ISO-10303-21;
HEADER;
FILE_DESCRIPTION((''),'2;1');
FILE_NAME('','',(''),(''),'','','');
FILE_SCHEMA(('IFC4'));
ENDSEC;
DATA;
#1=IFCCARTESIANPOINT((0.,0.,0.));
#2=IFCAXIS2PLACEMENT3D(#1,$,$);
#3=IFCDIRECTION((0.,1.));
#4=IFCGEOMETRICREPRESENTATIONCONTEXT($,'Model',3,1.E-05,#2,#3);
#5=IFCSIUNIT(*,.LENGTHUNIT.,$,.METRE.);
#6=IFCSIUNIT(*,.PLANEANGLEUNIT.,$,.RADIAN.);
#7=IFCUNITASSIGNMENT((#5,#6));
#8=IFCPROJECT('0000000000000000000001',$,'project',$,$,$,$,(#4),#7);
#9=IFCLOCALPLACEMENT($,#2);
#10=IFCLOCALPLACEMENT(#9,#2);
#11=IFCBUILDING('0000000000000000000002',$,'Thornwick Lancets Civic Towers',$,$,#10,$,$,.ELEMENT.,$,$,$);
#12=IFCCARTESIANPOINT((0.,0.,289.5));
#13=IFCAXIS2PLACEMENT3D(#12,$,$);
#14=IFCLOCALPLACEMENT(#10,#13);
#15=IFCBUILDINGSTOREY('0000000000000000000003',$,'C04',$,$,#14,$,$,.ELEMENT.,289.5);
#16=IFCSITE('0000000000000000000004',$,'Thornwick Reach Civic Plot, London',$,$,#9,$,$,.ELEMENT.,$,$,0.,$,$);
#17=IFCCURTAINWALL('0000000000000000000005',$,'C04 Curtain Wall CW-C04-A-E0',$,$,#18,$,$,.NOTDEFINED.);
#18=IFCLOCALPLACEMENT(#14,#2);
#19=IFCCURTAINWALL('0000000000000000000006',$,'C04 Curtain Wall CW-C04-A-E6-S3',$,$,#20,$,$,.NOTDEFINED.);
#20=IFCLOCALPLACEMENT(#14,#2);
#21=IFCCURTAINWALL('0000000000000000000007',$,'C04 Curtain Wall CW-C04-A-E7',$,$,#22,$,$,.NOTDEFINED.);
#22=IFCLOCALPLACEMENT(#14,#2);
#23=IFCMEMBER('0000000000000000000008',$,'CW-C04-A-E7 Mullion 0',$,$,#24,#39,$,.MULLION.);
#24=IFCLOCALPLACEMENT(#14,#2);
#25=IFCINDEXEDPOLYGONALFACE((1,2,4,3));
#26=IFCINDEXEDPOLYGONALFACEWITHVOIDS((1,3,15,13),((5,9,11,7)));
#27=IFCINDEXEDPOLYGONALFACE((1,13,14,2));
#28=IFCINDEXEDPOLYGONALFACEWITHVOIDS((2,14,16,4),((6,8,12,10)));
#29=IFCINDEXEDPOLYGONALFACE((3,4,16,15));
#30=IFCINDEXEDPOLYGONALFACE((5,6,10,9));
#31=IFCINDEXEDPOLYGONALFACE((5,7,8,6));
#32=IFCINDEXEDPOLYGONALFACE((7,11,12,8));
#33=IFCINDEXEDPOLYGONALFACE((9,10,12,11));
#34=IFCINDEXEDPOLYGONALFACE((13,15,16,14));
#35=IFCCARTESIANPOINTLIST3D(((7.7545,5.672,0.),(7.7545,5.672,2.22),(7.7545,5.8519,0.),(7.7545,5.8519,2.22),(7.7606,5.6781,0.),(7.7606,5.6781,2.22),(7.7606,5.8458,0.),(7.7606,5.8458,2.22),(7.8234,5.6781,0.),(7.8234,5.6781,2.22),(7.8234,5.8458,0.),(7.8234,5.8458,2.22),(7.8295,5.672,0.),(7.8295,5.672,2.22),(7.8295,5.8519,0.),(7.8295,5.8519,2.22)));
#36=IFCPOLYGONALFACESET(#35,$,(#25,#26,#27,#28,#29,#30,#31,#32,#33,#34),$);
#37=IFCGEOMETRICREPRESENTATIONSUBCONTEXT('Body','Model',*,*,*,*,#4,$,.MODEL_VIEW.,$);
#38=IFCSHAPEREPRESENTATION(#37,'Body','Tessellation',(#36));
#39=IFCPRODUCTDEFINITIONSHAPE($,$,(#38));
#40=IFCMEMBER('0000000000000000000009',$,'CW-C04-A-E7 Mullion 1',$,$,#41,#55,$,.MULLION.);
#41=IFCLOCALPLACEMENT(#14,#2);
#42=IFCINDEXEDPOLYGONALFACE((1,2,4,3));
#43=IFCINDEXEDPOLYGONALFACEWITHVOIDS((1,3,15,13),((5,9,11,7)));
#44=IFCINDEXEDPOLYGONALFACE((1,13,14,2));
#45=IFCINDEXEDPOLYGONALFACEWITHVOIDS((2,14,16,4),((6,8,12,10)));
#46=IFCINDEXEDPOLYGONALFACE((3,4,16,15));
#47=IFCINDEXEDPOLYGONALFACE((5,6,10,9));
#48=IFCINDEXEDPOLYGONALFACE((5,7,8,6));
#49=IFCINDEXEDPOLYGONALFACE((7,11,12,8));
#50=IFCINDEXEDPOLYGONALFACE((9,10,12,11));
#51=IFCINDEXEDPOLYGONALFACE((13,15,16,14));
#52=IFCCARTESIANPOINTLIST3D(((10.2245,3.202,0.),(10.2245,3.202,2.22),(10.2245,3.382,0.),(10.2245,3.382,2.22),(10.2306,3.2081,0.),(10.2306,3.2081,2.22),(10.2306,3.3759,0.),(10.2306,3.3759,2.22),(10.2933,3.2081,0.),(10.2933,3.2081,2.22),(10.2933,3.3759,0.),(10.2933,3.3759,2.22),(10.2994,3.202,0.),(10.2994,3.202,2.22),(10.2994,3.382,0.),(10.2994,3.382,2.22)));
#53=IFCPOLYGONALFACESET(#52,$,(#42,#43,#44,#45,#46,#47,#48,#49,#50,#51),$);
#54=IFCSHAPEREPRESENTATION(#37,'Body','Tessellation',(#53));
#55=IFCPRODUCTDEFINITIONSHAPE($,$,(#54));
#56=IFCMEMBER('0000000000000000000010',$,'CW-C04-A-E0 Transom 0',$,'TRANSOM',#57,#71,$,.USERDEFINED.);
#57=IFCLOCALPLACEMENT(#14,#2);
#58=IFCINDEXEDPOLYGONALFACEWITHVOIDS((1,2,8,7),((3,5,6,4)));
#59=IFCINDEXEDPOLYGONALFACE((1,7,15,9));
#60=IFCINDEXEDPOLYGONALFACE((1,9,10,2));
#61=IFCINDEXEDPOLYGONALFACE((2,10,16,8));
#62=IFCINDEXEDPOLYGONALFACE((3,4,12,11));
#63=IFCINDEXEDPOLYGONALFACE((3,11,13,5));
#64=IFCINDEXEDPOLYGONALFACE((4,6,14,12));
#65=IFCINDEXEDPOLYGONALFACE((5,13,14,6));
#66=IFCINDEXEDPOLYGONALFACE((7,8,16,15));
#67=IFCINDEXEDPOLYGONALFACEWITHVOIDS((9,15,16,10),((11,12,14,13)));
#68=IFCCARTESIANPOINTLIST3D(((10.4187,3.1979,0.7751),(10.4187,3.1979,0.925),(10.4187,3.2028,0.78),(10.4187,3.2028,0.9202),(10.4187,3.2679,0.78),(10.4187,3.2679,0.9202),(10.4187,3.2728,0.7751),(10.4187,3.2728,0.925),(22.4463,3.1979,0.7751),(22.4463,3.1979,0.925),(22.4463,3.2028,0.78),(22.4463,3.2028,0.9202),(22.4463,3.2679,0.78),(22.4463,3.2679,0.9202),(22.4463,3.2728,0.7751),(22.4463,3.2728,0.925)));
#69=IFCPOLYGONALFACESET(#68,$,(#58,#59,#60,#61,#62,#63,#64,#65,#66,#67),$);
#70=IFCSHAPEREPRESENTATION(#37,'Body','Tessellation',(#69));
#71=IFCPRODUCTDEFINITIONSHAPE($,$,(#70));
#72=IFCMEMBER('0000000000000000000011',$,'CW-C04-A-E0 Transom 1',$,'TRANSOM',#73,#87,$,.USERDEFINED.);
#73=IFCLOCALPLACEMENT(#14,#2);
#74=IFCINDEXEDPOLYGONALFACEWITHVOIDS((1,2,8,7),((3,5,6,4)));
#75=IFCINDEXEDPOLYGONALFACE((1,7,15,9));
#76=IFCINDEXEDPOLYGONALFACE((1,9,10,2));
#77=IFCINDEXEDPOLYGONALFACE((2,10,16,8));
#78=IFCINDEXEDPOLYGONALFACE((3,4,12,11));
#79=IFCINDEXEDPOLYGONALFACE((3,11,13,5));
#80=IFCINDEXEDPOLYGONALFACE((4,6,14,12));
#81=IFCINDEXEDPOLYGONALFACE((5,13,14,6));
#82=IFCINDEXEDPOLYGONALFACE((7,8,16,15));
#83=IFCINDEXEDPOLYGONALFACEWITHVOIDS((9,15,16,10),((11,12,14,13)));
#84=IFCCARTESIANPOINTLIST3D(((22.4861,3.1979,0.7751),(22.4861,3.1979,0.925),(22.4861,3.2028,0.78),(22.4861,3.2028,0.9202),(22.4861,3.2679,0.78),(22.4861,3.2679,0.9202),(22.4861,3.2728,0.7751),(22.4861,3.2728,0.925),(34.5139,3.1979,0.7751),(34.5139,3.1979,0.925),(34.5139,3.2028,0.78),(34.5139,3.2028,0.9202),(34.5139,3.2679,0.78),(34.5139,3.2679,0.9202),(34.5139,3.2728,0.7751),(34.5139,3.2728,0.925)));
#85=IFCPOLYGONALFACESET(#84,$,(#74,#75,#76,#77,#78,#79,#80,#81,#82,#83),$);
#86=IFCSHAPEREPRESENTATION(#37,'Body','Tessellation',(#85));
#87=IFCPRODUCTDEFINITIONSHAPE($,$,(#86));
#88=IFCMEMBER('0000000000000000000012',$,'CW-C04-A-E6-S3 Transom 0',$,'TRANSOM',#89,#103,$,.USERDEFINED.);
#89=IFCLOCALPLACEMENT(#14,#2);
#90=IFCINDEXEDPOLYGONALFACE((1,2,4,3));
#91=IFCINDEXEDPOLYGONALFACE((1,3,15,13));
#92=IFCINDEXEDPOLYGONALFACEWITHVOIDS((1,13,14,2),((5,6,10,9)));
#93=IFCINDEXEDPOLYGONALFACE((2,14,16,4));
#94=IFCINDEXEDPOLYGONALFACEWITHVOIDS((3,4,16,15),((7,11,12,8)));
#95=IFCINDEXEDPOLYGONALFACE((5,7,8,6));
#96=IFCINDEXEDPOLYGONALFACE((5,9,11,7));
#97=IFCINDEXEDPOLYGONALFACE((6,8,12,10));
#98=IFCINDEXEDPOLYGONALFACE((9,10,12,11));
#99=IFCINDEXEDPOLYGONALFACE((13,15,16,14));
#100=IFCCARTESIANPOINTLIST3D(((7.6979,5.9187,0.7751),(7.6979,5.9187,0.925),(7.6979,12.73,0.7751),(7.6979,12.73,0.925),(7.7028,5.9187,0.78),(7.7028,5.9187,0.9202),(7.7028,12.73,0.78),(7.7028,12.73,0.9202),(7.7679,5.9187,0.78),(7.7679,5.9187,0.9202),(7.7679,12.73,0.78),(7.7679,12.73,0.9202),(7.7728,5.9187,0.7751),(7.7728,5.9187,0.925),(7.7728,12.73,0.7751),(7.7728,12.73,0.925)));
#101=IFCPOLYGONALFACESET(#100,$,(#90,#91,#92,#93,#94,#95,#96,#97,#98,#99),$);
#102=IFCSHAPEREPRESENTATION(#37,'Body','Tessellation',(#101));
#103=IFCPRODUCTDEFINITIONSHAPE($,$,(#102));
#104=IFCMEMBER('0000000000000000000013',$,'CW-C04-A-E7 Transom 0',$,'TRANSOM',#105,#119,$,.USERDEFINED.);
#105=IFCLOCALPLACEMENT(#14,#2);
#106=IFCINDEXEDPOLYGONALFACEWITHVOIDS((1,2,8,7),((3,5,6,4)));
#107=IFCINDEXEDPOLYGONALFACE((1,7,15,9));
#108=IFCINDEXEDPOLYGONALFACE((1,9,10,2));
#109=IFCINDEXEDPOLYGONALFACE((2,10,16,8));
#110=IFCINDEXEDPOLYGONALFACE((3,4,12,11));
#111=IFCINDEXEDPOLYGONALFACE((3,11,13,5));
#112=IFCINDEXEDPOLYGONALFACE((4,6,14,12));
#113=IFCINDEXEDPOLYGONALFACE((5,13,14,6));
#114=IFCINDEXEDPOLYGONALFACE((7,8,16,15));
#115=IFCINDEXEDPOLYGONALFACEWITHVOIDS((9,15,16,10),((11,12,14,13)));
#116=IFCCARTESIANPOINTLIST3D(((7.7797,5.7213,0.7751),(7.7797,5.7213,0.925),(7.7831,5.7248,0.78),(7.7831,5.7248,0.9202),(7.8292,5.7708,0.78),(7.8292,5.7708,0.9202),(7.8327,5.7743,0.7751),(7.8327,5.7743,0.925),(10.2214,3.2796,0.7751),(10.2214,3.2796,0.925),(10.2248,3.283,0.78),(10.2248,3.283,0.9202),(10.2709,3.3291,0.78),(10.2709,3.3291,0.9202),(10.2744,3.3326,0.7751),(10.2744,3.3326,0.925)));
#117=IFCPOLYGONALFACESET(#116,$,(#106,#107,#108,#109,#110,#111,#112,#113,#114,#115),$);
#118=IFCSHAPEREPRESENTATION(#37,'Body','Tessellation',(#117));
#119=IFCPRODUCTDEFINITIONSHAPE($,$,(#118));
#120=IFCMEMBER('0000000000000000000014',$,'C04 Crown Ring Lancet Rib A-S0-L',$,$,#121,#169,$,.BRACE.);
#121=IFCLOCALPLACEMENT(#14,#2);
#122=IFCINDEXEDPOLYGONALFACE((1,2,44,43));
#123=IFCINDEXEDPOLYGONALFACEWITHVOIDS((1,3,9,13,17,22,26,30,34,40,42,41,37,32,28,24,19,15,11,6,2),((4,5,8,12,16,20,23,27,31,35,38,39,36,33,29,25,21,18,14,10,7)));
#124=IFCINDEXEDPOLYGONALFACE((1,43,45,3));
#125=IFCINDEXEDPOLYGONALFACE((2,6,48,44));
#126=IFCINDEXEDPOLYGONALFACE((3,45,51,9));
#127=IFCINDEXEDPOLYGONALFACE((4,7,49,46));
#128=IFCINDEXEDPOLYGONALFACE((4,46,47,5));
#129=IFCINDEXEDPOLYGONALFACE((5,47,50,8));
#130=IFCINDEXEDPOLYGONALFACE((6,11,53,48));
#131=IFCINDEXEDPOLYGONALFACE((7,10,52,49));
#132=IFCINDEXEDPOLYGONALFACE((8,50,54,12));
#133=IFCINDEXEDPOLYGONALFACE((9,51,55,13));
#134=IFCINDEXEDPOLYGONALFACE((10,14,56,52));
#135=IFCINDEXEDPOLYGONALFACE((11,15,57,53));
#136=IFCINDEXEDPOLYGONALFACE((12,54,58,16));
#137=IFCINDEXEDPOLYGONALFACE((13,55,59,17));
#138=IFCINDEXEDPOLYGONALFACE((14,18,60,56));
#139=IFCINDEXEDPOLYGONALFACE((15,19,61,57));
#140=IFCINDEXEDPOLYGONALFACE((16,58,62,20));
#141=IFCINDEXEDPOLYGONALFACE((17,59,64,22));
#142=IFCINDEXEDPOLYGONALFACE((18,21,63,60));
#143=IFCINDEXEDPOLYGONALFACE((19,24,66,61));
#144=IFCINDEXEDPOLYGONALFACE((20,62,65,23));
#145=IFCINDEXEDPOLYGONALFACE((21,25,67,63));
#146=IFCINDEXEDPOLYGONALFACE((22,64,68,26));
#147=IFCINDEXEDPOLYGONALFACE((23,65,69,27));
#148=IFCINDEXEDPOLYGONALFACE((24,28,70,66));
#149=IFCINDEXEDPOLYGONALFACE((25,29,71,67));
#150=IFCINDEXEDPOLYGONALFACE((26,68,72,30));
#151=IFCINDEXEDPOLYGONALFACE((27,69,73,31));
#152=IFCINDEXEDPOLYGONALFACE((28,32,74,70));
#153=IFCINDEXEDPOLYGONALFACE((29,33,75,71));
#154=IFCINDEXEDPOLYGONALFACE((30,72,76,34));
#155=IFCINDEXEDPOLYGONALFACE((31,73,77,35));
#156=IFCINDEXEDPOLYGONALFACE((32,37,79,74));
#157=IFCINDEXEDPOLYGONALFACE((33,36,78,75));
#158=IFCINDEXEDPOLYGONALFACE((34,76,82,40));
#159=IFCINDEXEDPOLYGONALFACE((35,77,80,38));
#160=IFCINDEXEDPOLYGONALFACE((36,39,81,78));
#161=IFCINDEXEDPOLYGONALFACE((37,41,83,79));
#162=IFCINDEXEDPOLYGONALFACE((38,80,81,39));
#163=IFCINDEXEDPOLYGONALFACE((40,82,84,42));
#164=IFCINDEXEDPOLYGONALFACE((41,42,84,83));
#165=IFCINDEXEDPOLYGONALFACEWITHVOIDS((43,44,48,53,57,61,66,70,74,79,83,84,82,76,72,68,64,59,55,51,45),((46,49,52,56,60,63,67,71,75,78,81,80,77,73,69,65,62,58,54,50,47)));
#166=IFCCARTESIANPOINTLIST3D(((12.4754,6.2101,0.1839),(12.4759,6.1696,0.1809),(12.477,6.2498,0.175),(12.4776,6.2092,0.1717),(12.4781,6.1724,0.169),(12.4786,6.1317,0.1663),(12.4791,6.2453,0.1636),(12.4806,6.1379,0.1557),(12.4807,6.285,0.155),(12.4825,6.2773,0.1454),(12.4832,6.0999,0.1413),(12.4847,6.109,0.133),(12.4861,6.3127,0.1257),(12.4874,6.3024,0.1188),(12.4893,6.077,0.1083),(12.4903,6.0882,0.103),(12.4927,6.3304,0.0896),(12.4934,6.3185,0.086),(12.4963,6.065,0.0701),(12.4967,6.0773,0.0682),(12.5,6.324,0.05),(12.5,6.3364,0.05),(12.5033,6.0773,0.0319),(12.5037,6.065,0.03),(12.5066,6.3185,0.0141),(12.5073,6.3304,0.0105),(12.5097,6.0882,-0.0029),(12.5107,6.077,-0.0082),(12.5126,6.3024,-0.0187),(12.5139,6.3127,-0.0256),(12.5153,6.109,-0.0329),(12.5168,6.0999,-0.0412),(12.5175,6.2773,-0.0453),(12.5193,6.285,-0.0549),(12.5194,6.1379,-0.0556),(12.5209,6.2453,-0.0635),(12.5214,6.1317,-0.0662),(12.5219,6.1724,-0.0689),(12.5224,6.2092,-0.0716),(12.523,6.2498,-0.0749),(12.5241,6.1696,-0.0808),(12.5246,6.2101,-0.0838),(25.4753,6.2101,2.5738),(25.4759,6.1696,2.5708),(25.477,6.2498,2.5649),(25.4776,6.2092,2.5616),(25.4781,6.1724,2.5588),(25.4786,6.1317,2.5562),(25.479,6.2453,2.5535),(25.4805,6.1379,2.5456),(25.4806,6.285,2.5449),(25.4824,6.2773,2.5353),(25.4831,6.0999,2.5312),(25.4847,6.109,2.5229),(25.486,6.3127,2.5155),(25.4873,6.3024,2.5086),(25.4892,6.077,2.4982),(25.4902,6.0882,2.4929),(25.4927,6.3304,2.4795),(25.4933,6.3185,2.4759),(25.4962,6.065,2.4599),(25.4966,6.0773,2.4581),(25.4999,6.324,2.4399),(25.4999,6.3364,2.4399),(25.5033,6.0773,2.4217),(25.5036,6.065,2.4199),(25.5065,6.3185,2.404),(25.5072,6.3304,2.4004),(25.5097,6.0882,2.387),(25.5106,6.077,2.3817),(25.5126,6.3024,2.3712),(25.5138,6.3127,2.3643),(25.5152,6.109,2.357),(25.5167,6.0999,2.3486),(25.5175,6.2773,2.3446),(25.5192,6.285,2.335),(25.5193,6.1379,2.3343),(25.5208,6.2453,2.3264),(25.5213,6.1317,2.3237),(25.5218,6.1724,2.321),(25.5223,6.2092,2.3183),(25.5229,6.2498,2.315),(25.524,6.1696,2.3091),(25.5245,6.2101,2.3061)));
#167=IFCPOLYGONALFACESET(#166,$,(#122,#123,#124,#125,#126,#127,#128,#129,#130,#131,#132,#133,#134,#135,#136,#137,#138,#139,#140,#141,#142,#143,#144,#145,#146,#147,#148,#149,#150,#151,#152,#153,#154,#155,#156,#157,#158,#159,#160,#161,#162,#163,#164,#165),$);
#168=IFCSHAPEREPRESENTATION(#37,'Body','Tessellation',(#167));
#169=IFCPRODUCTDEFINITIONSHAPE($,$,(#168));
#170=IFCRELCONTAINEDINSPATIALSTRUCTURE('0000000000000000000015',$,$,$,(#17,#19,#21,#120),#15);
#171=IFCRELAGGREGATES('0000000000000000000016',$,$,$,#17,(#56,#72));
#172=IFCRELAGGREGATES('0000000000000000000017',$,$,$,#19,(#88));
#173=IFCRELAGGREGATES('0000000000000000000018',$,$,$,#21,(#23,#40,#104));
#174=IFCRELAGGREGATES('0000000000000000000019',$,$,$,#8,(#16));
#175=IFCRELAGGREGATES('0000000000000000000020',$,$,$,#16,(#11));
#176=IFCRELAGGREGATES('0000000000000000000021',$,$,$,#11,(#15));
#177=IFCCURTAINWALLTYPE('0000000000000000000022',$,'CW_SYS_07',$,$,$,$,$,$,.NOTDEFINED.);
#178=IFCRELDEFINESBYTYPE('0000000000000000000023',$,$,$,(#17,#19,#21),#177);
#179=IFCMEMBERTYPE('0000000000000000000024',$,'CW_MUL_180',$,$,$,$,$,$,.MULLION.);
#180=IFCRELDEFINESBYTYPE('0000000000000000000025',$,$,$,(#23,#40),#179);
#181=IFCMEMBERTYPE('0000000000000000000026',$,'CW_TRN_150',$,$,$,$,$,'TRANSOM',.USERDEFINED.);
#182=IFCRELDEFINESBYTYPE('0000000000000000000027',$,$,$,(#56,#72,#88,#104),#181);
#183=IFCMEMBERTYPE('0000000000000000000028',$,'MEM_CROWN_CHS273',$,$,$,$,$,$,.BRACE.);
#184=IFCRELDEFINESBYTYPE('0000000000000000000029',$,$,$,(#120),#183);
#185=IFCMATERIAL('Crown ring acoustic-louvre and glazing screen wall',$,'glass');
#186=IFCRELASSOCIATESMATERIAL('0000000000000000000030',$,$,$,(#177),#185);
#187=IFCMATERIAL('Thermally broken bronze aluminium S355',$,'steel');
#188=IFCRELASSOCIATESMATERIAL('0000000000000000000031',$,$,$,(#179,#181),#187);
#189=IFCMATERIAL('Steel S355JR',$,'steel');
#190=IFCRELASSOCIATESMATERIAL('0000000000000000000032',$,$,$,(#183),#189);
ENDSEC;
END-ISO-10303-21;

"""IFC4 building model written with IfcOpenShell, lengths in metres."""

from ifc_helpers import new_model, si_unit, direction, frame, origin, origin_2d, place, context, subcontext, project, spatial, hollow_rectangle, hollow_circle, extrude, material, material_profile, profile_set, type_object, element, aggregate, save


model = new_model("IFC4")

# Units and contexts
model_context = context("Model", 3, precision=1e-05, world=origin(), true_north=direction((0.0, 1.0)))
body_context = subcontext(model_context, "Body", "Model", "MODEL_VIEW")
ifc_project = project(units=[si_unit("LENGTHUNIT", "METRE"), si_unit("PLANEANGLEUNIT", "RADIAN")], contexts=[model_context])

# Site, building, storey
site_placement = place(None, origin())
site = spatial("IfcSite", under=ifc_project, at=site_placement, Name="Thornwick Reach Civic Plot, London", CompositionType="ELEMENT", RefElevation=0.0)
building_placement = place(site_placement, origin())
building = spatial("IfcBuilding", under=site, at=building_placement, Name="Thornwick Lancets Civic Towers", CompositionType="ELEMENT")
storey_placement = place(building_placement, frame((0.0, 0.0, 289.5)))
storey = spatial("IfcBuildingStorey", under=building, at=storey_placement, Name="C04", CompositionType="ELEMENT", Elevation=289.5)

# Shared definitions
ifc_material_1 = material(Name="Steel S355JR", Category="steel")

# Curtain wall
ifc_material_2 = material(Name="Crown ring acoustic-louvre and glazing screen wall", Category="glass")
curtain_wall_type = type_object("IfcCurtainWallType", Name="CW_SYS_07", PredefinedType="NOTDEFINED", material=ifc_material_2)
curtain_wall_1_placement = place(storey_placement, origin())
curtain_wall_1 = element("IfcCurtainWall", 1, at=curtain_wall_1_placement, inside=storey, type_object=curtain_wall_type, Name="C04 Curtain Wall CW-C04-A-E0", PredefinedType="NOTDEFINED")
ifc_material_3 = material(Name="Thermally broken bronze aluminium S355", Category="steel")
ifc_material_profile_1 = material_profile(ifc_material_3, hollow_rectangle(XDim=0.075, YDim=0.1799, WallThickness=0.0061, at=origin_2d()), Name="RHS 180x75x6")
ifc_profile_set_1 = profile_set([ifc_material_profile_1], Name="Thermally broken bronze aluminium S355")
member_type_1 = type_object("IfcMemberType", Name="CW_MUL_180", PredefinedType="MULLION", material=ifc_profile_set_1)

# Curtain walls, members
curtain_wall_2_placement = place(storey_placement, origin())
curtain_wall_2 = element("IfcCurtainWall", 2, at=curtain_wall_2_placement, inside=storey, type_object=curtain_wall_type, Name="C04 Curtain Wall CW-C04-A-E6-S3", PredefinedType="NOTDEFINED")
curtain_wall_3_placement = place(storey_placement, origin())
curtain_wall_3 = element("IfcCurtainWall", 3, at=curtain_wall_3_placement, inside=storey, type_object=curtain_wall_type, Name="C04 Curtain Wall CW-C04-A-E7", PredefinedType="NOTDEFINED")
member_1_placement = place(storey_placement, frame((7.792, 5.762, 0.0), z_axis=(0.0, 0.0, 1.0), x_axis=(1.0, 0.0, 0.0)))
member_1 = element("IfcMember", 4, at=member_1_placement, type_object=member_type_1, Name="CW-C04-A-E7 Mullion 0", PredefinedType="MULLION", context=body_context, shape_type="SweptSolid", body=[
    extrude(hollow_rectangle(XDim=0.075, YDim=0.1799, WallThickness=0.0061, at=origin_2d()), origin(), (0.0, 0.0, 1.0), 2.22),
])
member_2_placement = place(storey_placement, frame((10.262, 3.292, 0.0), z_axis=(0.0, 0.0, 1.0), x_axis=(1.0, 0.0, 0.0)))
member_2 = element("IfcMember", 5, at=member_2_placement, type_object=member_type_1, Name="CW-C04-A-E7 Mullion 1", PredefinedType="MULLION", context=body_context, shape_type="SweptSolid", body=[
    extrude(hollow_rectangle(XDim=0.075, YDim=0.1799, WallThickness=0.0061, at=origin_2d()), origin(), (0.0, 0.0, 1.0), 2.22),
])

# Members
ifc_material_profile_2 = material_profile(ifc_material_3, hollow_rectangle(XDim=0.075, YDim=0.1499, WallThickness=0.0049, at=origin_2d()), Name="RHS 150x75x5")
ifc_profile_set_2 = profile_set([ifc_material_profile_2], Name="Thermally broken bronze aluminium S355")
member_type_2 = type_object("IfcMemberType", Name="CW_TRN_150", ElementType="TRANSOM", PredefinedType="USERDEFINED", material=ifc_profile_set_2)
member_3_placement = place(storey_placement, frame((10.4187, 3.2354, 0.8501), z_axis=(1.0, 0.0, 0.0), x_axis=(0.0, 1.0, 0.0)))
member_3 = element("IfcMember", 6, at=member_3_placement, type_object=member_type_2, Name="CW-C04-A-E0 Transom 0", ObjectType="TRANSOM", PredefinedType="USERDEFINED", context=body_context, shape_type="SweptSolid", body=[
    extrude(hollow_rectangle(XDim=0.075, YDim=0.1499, WallThickness=0.0049, at=origin_2d()), origin(), (0.0, 0.0, 1.0), 12.0276),
])
member_4_placement = place(storey_placement, frame((22.4861, 3.2354, 0.8501), z_axis=(1.0, 0.0, 0.0), x_axis=(0.0, 1.0, 0.0)))
member_4 = element("IfcMember", 7, at=member_4_placement, type_object=member_type_2, Name="CW-C04-A-E0 Transom 1", ObjectType="TRANSOM", PredefinedType="USERDEFINED", context=body_context, shape_type="SweptSolid", body=[
    extrude(hollow_rectangle(XDim=0.075, YDim=0.1499, WallThickness=0.0049, at=origin_2d()), origin(), (0.0, 0.0, 1.0), 12.0278),
])
member_5_placement = place(storey_placement, frame((7.7354, 12.73, 0.8501), z_axis=(0.0, -1.0, 0.0), x_axis=(1.0, 0.0, 0.0)))
member_5 = element("IfcMember", 8, at=member_5_placement, type_object=member_type_2, Name="CW-C04-A-E6-S3 Transom 0", ObjectType="TRANSOM", PredefinedType="USERDEFINED", context=body_context, shape_type="SweptSolid", body=[
    extrude(hollow_rectangle(XDim=0.075, YDim=0.1499, WallThickness=0.0049, at=origin_2d()), origin(), (0.0, 0.0, 1.0), 6.8113),
])
member_6_placement = place(storey_placement, frame((7.8062, 5.7478, 0.8501), z_axis=(0.707107, -0.707107, 0.0), x_axis=(0.707107, 0.707107, 0.0)))
member_6 = element("IfcMember", 9, at=member_6_placement, type_object=member_type_2, Name="CW-C04-A-E7 Transom 0", ObjectType="TRANSOM", PredefinedType="USERDEFINED", context=body_context, shape_type="SweptSolid", body=[
    extrude(hollow_rectangle(XDim=0.075, YDim=0.1499, WallThickness=0.0049, at=origin_2d()), origin(), (0.0, 0.0, 1.0), 3.4531),
])

# Member
ifc_material_profile_3 = material_profile(ifc_material_1, hollow_circle(Radius=0.1365, WallThickness=0.0125, at=origin_2d()), Name="CHS 273x12.5")
ifc_profile_set_3 = profile_set([ifc_material_profile_3], Name="Steel S355JR")
member_type_3 = type_object("IfcMemberType", Name="MEM_CROWN_CHS273", PredefinedType="BRACE", material=ifc_profile_set_3)
for number, where, z_axis, x_axis, name in (
    (10, (12.5, 6.2, 0.05), (0.983518, 0.0, 0.180808), (0.0, 1.0, 0.0), "C04 Crown Ring Lancet Rib A-S0-L"),
):
    element("IfcMember", number, at=place(storey_placement, frame(where, z_axis=z_axis, x_axis=x_axis)), inside=storey, type_object=member_type_3, Name=name, PredefinedType="BRACE", context=body_context, shape_type="SweptSolid", body=[
        extrude(hollow_circle(Radius=0.1365, WallThickness=0.0125, at=origin_2d()), origin(), (0.0, 0.0, 1.0), 13.2178),
    ])

aggregate(curtain_wall_1, [member_3, member_4])
aggregate(curtain_wall_2, [member_5])
aggregate(curtain_wall_3, [member_1, member_2, member_6])

save(model, "model.ifc")
